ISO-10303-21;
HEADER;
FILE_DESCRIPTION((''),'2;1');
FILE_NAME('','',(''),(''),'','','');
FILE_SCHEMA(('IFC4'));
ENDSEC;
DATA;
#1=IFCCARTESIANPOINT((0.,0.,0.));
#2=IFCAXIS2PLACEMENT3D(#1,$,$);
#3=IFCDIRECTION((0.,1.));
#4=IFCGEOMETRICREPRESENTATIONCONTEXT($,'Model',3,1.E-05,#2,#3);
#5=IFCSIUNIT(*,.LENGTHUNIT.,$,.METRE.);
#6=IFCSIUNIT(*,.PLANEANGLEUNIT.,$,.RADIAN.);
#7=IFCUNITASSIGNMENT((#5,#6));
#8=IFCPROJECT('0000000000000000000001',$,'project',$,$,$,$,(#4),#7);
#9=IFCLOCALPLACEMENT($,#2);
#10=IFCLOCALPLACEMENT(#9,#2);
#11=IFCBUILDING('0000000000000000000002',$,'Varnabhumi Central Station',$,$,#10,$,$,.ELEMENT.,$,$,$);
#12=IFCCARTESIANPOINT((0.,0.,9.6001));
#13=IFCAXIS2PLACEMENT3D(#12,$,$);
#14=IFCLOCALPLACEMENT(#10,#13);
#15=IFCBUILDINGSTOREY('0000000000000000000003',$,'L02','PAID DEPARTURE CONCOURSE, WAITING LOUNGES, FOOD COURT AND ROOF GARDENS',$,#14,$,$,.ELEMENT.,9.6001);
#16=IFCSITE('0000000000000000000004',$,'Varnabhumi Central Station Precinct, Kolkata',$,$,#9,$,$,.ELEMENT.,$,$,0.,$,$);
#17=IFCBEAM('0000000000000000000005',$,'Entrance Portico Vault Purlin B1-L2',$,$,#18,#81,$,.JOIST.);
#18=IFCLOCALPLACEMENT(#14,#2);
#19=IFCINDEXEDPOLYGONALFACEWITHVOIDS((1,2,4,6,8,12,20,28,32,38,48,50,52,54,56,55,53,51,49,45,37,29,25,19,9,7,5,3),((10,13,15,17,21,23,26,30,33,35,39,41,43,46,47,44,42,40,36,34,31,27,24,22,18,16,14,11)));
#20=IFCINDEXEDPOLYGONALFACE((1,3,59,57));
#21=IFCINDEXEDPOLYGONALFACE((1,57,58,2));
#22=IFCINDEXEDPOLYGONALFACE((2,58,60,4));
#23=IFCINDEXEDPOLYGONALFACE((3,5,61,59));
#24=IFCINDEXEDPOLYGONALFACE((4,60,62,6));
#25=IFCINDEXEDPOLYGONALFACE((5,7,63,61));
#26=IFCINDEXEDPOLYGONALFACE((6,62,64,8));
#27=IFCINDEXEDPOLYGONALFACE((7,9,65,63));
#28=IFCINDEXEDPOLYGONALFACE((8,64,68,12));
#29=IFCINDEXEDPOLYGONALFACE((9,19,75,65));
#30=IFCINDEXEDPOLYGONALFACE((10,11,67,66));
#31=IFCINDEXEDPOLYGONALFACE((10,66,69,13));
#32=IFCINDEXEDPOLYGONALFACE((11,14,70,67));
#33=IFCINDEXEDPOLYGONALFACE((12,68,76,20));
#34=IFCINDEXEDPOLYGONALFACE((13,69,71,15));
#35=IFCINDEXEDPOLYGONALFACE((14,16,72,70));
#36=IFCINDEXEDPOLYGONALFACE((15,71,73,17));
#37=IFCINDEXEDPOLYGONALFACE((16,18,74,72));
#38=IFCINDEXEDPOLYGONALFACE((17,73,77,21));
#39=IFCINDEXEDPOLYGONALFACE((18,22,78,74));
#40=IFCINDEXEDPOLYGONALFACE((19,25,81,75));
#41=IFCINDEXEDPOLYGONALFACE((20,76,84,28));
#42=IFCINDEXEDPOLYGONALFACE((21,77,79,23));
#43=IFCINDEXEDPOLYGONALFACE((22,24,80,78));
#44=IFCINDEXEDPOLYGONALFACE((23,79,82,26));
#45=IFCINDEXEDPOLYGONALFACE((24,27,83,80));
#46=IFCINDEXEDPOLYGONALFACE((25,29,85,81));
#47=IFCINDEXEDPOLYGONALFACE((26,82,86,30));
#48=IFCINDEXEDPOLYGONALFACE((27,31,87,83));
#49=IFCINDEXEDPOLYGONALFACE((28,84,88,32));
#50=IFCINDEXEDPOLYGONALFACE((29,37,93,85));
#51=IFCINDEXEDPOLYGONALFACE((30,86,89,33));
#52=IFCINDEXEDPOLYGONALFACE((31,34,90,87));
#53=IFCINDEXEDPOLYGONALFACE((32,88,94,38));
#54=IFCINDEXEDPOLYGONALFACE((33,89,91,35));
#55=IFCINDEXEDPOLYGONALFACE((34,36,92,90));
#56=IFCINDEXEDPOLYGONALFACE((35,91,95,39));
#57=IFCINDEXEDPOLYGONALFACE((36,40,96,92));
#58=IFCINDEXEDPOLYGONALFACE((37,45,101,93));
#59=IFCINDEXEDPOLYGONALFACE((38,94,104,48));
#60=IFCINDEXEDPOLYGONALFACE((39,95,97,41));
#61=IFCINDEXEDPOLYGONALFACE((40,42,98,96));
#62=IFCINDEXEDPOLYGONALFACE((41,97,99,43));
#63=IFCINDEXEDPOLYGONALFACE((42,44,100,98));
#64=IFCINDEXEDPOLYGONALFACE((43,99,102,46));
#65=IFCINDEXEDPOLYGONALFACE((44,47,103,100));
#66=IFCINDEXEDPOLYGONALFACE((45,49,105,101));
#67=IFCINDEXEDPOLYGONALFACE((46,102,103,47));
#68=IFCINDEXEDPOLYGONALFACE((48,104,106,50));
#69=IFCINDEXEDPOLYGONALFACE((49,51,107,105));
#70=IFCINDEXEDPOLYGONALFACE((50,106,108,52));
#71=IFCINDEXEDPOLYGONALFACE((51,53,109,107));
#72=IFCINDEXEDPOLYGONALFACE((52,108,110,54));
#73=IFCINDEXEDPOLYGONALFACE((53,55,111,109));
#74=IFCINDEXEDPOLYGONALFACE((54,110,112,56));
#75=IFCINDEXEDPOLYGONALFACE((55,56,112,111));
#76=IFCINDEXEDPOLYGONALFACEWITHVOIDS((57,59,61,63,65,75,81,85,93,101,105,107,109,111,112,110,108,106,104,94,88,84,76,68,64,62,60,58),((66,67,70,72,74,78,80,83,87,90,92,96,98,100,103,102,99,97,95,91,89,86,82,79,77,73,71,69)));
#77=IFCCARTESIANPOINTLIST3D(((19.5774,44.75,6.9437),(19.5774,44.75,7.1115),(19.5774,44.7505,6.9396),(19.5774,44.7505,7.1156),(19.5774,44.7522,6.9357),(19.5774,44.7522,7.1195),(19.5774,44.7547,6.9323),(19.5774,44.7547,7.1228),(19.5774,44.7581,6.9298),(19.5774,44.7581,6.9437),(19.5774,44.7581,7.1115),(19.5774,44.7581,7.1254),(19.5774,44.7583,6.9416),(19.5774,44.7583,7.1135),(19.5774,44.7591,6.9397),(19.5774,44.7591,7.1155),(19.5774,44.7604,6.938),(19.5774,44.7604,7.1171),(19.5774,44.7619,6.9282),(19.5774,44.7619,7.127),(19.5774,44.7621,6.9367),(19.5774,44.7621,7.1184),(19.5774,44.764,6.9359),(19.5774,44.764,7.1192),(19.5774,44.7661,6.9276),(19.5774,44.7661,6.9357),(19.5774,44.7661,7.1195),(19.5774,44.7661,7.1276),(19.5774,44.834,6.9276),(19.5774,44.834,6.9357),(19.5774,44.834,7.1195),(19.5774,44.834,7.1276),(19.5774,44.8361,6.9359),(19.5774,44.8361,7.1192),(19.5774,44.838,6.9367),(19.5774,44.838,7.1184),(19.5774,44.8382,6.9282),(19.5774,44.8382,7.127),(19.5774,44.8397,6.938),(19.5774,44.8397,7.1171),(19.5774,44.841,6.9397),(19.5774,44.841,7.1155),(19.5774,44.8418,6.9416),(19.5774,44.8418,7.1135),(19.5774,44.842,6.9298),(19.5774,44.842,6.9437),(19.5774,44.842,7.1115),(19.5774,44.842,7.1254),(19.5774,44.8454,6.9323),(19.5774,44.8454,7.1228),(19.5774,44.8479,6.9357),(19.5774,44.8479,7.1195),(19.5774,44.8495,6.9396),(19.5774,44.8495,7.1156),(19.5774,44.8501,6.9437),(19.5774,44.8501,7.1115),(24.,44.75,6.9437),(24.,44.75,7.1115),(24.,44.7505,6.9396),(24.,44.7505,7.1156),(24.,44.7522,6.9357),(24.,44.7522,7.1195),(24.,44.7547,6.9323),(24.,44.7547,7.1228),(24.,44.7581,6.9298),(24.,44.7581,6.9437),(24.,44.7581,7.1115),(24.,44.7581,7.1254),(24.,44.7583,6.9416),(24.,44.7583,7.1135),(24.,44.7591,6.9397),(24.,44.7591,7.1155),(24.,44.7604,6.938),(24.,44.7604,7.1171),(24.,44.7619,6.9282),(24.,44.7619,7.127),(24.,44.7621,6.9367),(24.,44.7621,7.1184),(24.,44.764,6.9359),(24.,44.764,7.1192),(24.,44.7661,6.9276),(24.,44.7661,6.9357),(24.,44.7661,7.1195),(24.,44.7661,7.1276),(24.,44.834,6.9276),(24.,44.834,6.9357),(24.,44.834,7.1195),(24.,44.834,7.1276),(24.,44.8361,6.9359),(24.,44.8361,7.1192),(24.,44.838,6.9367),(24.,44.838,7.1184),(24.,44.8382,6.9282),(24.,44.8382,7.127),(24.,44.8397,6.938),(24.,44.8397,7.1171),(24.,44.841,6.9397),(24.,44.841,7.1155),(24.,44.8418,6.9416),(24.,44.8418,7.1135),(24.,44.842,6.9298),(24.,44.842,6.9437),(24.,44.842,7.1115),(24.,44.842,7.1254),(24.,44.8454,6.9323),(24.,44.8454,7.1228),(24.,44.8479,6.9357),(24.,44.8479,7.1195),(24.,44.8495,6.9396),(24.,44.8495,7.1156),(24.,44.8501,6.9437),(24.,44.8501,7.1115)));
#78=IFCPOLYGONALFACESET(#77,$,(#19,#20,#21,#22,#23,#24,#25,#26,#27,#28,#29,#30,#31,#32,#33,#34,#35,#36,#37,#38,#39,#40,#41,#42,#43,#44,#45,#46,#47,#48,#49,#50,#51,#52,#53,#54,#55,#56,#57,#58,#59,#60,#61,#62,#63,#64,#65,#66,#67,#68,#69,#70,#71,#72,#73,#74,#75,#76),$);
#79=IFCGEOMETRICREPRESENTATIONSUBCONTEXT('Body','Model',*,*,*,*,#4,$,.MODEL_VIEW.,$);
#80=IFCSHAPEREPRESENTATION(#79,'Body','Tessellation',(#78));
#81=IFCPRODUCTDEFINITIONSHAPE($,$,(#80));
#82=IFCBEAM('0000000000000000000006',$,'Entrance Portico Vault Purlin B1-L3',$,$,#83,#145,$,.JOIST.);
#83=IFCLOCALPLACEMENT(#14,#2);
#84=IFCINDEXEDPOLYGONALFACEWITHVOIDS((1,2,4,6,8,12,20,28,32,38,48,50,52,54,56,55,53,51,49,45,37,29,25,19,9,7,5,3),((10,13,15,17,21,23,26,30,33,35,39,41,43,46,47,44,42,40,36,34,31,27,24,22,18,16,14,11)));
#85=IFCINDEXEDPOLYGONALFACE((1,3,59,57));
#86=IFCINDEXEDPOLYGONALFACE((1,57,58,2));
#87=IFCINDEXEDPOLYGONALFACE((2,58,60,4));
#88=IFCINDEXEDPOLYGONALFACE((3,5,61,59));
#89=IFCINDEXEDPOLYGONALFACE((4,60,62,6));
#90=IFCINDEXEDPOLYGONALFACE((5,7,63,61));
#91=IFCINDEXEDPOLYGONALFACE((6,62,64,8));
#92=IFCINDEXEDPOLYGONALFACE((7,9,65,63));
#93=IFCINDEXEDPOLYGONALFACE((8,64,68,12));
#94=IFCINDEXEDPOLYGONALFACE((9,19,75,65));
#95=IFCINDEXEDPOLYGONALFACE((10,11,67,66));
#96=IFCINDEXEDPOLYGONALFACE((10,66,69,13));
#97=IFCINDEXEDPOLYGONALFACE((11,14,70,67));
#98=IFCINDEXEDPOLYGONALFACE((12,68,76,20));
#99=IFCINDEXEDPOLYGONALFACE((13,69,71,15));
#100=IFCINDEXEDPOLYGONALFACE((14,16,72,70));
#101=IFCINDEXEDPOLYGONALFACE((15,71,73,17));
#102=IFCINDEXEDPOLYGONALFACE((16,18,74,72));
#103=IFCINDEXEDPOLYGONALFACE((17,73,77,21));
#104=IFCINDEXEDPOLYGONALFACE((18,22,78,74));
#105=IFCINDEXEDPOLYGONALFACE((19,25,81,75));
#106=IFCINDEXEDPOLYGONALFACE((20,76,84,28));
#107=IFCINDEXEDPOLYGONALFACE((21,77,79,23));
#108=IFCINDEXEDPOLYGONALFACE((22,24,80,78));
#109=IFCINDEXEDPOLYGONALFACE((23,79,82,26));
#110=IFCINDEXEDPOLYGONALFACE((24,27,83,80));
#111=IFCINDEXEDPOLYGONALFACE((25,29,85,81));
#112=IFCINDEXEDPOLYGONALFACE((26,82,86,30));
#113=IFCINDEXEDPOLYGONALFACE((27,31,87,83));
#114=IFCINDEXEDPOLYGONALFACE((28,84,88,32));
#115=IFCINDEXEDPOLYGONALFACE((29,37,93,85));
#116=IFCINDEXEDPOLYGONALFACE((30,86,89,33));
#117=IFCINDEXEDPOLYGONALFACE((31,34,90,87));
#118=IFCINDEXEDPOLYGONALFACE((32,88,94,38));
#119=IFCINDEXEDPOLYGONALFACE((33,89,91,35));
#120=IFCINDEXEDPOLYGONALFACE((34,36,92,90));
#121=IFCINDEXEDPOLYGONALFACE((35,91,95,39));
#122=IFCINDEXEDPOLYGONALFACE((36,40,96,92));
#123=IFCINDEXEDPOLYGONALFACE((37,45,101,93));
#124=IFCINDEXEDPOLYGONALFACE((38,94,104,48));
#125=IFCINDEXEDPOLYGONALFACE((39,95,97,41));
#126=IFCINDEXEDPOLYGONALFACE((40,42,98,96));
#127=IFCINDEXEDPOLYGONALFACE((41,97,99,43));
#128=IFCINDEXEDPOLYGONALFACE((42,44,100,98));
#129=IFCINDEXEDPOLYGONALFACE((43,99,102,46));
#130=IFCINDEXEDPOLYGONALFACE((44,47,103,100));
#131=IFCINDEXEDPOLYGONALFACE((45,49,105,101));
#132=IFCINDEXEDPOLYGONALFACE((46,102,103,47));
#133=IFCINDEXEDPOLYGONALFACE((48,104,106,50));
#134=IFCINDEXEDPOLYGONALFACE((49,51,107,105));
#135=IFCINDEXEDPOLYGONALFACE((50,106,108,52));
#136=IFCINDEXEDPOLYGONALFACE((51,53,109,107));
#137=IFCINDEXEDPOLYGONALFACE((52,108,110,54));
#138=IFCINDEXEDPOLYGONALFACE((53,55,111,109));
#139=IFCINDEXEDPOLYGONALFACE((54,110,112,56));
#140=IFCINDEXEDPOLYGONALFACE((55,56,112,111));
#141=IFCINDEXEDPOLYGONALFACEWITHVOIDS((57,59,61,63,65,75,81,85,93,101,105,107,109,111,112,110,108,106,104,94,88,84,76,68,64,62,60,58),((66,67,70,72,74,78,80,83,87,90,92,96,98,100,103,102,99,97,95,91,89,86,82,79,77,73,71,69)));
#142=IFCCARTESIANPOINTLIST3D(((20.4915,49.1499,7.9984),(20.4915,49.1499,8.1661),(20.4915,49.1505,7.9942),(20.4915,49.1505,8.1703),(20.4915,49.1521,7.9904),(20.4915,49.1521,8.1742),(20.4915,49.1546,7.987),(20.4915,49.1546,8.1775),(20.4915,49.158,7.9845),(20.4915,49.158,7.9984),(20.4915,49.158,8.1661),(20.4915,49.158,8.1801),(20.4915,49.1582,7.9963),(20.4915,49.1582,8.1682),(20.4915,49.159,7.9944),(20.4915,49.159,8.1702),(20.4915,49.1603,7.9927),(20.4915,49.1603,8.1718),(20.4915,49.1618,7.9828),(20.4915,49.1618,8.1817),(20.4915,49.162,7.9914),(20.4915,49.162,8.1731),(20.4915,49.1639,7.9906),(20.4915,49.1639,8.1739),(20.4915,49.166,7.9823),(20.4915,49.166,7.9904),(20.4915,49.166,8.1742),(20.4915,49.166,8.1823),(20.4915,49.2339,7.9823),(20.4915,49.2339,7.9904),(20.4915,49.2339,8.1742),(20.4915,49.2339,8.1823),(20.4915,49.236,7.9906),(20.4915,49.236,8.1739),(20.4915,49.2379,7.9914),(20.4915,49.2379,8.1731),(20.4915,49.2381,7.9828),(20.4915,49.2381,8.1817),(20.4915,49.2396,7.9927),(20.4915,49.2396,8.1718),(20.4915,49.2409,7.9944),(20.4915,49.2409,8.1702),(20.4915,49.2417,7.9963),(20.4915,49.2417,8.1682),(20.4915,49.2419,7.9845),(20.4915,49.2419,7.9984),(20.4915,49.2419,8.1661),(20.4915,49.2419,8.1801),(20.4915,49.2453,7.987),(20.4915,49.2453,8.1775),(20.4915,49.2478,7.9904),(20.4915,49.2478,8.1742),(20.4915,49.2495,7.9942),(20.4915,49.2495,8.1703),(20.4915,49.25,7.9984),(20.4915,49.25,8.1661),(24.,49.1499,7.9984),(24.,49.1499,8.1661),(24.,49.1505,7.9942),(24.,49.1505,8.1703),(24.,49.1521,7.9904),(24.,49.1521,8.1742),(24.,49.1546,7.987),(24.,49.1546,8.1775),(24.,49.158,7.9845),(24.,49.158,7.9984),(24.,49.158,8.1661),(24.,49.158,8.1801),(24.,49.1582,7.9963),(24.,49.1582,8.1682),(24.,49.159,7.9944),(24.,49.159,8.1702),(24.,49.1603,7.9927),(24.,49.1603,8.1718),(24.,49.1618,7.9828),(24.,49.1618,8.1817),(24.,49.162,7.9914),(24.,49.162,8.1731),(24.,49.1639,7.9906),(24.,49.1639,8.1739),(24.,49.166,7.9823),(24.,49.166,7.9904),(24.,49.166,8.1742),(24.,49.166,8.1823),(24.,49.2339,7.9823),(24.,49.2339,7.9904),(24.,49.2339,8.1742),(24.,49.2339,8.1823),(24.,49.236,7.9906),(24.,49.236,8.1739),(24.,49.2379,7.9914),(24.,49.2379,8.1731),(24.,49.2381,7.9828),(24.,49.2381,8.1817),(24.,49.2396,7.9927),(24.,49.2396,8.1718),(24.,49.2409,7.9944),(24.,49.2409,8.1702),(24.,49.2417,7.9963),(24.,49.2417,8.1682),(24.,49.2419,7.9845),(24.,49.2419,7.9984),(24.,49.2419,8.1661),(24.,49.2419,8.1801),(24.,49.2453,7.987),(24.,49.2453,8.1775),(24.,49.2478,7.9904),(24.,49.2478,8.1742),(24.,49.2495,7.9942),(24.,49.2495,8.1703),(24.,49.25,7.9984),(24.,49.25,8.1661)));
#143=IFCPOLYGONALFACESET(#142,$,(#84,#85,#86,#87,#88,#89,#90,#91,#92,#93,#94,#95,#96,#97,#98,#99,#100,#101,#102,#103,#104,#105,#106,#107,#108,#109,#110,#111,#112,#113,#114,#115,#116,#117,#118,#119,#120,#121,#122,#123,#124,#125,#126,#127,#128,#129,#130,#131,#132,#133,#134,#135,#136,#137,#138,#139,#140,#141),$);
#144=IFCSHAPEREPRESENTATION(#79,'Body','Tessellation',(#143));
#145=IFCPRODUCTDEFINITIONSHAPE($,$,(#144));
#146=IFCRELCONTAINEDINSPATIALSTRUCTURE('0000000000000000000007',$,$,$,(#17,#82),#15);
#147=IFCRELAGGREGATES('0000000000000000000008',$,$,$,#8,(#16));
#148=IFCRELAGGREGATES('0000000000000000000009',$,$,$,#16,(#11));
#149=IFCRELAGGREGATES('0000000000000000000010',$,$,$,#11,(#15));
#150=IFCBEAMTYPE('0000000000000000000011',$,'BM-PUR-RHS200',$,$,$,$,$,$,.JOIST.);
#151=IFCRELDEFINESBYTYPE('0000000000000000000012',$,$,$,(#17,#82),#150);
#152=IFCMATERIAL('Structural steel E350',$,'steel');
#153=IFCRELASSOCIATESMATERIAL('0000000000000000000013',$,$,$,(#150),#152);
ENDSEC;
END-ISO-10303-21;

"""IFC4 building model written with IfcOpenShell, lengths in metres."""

from ifc_helpers import new_model, si_unit, direction, frame, origin, origin_2d, place, context, subcontext, project, spatial, hollow_rectangle, extrude, material, material_profile, profile_set, type_object, element, save


model = new_model("IFC4")

# Units and contexts
model_context = context("Model", 3, precision=1e-05, world=origin(), true_north=direction((0.0, 1.0)))
body_context = subcontext(model_context, "Body", "Model", "MODEL_VIEW")
ifc_project = project(units=[si_unit("LENGTHUNIT", "METRE"), si_unit("PLANEANGLEUNIT", "RADIAN")], contexts=[model_context])

# Site, building, storey
site_placement = place(None, origin())
site = spatial("IfcSite", under=ifc_project, at=site_placement, Name="Varnabhumi Central Station Precinct, Kolkata", CompositionType="ELEMENT", RefElevation=0.0)
building_placement = place(site_placement, origin())
building = spatial("IfcBuilding", under=site, at=building_placement, Name="Varnabhumi Central Station", CompositionType="ELEMENT")
storey_placement = place(building_placement, frame((0.0, 0.0, 9.6001)))
storey = spatial("IfcBuildingStorey", under=building, at=storey_placement, Name="L02", Description="PAID DEPARTURE CONCOURSE, WAITING LOUNGES, FOOD COURT AND ROOF GARDENS", CompositionType="ELEMENT", Elevation=9.6001)

# Beams
ifc_material_1 = material(Name="Structural steel E350", Category="steel")
ifc_material_profile_1 = material_profile(ifc_material_1, hollow_rectangle(XDim=0.1001, YDim=0.2, WallThickness=0.0081, InnerFilletRadius=0.0081, OuterFilletRadius=0.0161, at=origin_2d()), Name="Structural steel E350", Category="steel")
ifc_profile_set_1 = profile_set([ifc_material_profile_1], Name="Structural steel E350")
beam_type_1 = type_object("IfcBeamType", Name="BM-PUR-RHS200", PredefinedType="JOIST", material=ifc_profile_set_1)
beam_1_placement = place(storey_placement, frame((19.5774, 44.8, 7.0276), z_axis=(1.0, 0.0, 0.0), x_axis=(0.0, 1.0, 0.0)))
element("IfcBeam", 1, at=beam_1_placement, inside=storey, type_object=beam_type_1, Name="Entrance Portico Vault Purlin B1-L2", PredefinedType="JOIST", context=body_context, shape_type="SweptSolid", body=[
    extrude(hollow_rectangle(XDim=0.1001, YDim=0.2, WallThickness=0.0081, InnerFilletRadius=0.0081, OuterFilletRadius=0.0161, at=origin_2d()), origin(), (0.0, 0.0, 1.0), 4.4226),
])
beam_2_placement = place(storey_placement, frame((20.4915, 49.2, 8.0823), z_axis=(1.0, 0.0, 0.0), x_axis=(0.0, 1.0, 0.0)))
element("IfcBeam", 2, at=beam_2_placement, inside=storey, type_object=beam_type_1, Name="Entrance Portico Vault Purlin B1-L3", PredefinedType="JOIST", context=body_context, shape_type="SweptSolid", body=[
    extrude(hollow_rectangle(XDim=0.1001, YDim=0.2, WallThickness=0.0081, InnerFilletRadius=0.0081, OuterFilletRadius=0.0161, at=origin_2d()), origin(), (0.0, 0.0, 1.0), 3.5085),
])

save(model, "model.ifc")
